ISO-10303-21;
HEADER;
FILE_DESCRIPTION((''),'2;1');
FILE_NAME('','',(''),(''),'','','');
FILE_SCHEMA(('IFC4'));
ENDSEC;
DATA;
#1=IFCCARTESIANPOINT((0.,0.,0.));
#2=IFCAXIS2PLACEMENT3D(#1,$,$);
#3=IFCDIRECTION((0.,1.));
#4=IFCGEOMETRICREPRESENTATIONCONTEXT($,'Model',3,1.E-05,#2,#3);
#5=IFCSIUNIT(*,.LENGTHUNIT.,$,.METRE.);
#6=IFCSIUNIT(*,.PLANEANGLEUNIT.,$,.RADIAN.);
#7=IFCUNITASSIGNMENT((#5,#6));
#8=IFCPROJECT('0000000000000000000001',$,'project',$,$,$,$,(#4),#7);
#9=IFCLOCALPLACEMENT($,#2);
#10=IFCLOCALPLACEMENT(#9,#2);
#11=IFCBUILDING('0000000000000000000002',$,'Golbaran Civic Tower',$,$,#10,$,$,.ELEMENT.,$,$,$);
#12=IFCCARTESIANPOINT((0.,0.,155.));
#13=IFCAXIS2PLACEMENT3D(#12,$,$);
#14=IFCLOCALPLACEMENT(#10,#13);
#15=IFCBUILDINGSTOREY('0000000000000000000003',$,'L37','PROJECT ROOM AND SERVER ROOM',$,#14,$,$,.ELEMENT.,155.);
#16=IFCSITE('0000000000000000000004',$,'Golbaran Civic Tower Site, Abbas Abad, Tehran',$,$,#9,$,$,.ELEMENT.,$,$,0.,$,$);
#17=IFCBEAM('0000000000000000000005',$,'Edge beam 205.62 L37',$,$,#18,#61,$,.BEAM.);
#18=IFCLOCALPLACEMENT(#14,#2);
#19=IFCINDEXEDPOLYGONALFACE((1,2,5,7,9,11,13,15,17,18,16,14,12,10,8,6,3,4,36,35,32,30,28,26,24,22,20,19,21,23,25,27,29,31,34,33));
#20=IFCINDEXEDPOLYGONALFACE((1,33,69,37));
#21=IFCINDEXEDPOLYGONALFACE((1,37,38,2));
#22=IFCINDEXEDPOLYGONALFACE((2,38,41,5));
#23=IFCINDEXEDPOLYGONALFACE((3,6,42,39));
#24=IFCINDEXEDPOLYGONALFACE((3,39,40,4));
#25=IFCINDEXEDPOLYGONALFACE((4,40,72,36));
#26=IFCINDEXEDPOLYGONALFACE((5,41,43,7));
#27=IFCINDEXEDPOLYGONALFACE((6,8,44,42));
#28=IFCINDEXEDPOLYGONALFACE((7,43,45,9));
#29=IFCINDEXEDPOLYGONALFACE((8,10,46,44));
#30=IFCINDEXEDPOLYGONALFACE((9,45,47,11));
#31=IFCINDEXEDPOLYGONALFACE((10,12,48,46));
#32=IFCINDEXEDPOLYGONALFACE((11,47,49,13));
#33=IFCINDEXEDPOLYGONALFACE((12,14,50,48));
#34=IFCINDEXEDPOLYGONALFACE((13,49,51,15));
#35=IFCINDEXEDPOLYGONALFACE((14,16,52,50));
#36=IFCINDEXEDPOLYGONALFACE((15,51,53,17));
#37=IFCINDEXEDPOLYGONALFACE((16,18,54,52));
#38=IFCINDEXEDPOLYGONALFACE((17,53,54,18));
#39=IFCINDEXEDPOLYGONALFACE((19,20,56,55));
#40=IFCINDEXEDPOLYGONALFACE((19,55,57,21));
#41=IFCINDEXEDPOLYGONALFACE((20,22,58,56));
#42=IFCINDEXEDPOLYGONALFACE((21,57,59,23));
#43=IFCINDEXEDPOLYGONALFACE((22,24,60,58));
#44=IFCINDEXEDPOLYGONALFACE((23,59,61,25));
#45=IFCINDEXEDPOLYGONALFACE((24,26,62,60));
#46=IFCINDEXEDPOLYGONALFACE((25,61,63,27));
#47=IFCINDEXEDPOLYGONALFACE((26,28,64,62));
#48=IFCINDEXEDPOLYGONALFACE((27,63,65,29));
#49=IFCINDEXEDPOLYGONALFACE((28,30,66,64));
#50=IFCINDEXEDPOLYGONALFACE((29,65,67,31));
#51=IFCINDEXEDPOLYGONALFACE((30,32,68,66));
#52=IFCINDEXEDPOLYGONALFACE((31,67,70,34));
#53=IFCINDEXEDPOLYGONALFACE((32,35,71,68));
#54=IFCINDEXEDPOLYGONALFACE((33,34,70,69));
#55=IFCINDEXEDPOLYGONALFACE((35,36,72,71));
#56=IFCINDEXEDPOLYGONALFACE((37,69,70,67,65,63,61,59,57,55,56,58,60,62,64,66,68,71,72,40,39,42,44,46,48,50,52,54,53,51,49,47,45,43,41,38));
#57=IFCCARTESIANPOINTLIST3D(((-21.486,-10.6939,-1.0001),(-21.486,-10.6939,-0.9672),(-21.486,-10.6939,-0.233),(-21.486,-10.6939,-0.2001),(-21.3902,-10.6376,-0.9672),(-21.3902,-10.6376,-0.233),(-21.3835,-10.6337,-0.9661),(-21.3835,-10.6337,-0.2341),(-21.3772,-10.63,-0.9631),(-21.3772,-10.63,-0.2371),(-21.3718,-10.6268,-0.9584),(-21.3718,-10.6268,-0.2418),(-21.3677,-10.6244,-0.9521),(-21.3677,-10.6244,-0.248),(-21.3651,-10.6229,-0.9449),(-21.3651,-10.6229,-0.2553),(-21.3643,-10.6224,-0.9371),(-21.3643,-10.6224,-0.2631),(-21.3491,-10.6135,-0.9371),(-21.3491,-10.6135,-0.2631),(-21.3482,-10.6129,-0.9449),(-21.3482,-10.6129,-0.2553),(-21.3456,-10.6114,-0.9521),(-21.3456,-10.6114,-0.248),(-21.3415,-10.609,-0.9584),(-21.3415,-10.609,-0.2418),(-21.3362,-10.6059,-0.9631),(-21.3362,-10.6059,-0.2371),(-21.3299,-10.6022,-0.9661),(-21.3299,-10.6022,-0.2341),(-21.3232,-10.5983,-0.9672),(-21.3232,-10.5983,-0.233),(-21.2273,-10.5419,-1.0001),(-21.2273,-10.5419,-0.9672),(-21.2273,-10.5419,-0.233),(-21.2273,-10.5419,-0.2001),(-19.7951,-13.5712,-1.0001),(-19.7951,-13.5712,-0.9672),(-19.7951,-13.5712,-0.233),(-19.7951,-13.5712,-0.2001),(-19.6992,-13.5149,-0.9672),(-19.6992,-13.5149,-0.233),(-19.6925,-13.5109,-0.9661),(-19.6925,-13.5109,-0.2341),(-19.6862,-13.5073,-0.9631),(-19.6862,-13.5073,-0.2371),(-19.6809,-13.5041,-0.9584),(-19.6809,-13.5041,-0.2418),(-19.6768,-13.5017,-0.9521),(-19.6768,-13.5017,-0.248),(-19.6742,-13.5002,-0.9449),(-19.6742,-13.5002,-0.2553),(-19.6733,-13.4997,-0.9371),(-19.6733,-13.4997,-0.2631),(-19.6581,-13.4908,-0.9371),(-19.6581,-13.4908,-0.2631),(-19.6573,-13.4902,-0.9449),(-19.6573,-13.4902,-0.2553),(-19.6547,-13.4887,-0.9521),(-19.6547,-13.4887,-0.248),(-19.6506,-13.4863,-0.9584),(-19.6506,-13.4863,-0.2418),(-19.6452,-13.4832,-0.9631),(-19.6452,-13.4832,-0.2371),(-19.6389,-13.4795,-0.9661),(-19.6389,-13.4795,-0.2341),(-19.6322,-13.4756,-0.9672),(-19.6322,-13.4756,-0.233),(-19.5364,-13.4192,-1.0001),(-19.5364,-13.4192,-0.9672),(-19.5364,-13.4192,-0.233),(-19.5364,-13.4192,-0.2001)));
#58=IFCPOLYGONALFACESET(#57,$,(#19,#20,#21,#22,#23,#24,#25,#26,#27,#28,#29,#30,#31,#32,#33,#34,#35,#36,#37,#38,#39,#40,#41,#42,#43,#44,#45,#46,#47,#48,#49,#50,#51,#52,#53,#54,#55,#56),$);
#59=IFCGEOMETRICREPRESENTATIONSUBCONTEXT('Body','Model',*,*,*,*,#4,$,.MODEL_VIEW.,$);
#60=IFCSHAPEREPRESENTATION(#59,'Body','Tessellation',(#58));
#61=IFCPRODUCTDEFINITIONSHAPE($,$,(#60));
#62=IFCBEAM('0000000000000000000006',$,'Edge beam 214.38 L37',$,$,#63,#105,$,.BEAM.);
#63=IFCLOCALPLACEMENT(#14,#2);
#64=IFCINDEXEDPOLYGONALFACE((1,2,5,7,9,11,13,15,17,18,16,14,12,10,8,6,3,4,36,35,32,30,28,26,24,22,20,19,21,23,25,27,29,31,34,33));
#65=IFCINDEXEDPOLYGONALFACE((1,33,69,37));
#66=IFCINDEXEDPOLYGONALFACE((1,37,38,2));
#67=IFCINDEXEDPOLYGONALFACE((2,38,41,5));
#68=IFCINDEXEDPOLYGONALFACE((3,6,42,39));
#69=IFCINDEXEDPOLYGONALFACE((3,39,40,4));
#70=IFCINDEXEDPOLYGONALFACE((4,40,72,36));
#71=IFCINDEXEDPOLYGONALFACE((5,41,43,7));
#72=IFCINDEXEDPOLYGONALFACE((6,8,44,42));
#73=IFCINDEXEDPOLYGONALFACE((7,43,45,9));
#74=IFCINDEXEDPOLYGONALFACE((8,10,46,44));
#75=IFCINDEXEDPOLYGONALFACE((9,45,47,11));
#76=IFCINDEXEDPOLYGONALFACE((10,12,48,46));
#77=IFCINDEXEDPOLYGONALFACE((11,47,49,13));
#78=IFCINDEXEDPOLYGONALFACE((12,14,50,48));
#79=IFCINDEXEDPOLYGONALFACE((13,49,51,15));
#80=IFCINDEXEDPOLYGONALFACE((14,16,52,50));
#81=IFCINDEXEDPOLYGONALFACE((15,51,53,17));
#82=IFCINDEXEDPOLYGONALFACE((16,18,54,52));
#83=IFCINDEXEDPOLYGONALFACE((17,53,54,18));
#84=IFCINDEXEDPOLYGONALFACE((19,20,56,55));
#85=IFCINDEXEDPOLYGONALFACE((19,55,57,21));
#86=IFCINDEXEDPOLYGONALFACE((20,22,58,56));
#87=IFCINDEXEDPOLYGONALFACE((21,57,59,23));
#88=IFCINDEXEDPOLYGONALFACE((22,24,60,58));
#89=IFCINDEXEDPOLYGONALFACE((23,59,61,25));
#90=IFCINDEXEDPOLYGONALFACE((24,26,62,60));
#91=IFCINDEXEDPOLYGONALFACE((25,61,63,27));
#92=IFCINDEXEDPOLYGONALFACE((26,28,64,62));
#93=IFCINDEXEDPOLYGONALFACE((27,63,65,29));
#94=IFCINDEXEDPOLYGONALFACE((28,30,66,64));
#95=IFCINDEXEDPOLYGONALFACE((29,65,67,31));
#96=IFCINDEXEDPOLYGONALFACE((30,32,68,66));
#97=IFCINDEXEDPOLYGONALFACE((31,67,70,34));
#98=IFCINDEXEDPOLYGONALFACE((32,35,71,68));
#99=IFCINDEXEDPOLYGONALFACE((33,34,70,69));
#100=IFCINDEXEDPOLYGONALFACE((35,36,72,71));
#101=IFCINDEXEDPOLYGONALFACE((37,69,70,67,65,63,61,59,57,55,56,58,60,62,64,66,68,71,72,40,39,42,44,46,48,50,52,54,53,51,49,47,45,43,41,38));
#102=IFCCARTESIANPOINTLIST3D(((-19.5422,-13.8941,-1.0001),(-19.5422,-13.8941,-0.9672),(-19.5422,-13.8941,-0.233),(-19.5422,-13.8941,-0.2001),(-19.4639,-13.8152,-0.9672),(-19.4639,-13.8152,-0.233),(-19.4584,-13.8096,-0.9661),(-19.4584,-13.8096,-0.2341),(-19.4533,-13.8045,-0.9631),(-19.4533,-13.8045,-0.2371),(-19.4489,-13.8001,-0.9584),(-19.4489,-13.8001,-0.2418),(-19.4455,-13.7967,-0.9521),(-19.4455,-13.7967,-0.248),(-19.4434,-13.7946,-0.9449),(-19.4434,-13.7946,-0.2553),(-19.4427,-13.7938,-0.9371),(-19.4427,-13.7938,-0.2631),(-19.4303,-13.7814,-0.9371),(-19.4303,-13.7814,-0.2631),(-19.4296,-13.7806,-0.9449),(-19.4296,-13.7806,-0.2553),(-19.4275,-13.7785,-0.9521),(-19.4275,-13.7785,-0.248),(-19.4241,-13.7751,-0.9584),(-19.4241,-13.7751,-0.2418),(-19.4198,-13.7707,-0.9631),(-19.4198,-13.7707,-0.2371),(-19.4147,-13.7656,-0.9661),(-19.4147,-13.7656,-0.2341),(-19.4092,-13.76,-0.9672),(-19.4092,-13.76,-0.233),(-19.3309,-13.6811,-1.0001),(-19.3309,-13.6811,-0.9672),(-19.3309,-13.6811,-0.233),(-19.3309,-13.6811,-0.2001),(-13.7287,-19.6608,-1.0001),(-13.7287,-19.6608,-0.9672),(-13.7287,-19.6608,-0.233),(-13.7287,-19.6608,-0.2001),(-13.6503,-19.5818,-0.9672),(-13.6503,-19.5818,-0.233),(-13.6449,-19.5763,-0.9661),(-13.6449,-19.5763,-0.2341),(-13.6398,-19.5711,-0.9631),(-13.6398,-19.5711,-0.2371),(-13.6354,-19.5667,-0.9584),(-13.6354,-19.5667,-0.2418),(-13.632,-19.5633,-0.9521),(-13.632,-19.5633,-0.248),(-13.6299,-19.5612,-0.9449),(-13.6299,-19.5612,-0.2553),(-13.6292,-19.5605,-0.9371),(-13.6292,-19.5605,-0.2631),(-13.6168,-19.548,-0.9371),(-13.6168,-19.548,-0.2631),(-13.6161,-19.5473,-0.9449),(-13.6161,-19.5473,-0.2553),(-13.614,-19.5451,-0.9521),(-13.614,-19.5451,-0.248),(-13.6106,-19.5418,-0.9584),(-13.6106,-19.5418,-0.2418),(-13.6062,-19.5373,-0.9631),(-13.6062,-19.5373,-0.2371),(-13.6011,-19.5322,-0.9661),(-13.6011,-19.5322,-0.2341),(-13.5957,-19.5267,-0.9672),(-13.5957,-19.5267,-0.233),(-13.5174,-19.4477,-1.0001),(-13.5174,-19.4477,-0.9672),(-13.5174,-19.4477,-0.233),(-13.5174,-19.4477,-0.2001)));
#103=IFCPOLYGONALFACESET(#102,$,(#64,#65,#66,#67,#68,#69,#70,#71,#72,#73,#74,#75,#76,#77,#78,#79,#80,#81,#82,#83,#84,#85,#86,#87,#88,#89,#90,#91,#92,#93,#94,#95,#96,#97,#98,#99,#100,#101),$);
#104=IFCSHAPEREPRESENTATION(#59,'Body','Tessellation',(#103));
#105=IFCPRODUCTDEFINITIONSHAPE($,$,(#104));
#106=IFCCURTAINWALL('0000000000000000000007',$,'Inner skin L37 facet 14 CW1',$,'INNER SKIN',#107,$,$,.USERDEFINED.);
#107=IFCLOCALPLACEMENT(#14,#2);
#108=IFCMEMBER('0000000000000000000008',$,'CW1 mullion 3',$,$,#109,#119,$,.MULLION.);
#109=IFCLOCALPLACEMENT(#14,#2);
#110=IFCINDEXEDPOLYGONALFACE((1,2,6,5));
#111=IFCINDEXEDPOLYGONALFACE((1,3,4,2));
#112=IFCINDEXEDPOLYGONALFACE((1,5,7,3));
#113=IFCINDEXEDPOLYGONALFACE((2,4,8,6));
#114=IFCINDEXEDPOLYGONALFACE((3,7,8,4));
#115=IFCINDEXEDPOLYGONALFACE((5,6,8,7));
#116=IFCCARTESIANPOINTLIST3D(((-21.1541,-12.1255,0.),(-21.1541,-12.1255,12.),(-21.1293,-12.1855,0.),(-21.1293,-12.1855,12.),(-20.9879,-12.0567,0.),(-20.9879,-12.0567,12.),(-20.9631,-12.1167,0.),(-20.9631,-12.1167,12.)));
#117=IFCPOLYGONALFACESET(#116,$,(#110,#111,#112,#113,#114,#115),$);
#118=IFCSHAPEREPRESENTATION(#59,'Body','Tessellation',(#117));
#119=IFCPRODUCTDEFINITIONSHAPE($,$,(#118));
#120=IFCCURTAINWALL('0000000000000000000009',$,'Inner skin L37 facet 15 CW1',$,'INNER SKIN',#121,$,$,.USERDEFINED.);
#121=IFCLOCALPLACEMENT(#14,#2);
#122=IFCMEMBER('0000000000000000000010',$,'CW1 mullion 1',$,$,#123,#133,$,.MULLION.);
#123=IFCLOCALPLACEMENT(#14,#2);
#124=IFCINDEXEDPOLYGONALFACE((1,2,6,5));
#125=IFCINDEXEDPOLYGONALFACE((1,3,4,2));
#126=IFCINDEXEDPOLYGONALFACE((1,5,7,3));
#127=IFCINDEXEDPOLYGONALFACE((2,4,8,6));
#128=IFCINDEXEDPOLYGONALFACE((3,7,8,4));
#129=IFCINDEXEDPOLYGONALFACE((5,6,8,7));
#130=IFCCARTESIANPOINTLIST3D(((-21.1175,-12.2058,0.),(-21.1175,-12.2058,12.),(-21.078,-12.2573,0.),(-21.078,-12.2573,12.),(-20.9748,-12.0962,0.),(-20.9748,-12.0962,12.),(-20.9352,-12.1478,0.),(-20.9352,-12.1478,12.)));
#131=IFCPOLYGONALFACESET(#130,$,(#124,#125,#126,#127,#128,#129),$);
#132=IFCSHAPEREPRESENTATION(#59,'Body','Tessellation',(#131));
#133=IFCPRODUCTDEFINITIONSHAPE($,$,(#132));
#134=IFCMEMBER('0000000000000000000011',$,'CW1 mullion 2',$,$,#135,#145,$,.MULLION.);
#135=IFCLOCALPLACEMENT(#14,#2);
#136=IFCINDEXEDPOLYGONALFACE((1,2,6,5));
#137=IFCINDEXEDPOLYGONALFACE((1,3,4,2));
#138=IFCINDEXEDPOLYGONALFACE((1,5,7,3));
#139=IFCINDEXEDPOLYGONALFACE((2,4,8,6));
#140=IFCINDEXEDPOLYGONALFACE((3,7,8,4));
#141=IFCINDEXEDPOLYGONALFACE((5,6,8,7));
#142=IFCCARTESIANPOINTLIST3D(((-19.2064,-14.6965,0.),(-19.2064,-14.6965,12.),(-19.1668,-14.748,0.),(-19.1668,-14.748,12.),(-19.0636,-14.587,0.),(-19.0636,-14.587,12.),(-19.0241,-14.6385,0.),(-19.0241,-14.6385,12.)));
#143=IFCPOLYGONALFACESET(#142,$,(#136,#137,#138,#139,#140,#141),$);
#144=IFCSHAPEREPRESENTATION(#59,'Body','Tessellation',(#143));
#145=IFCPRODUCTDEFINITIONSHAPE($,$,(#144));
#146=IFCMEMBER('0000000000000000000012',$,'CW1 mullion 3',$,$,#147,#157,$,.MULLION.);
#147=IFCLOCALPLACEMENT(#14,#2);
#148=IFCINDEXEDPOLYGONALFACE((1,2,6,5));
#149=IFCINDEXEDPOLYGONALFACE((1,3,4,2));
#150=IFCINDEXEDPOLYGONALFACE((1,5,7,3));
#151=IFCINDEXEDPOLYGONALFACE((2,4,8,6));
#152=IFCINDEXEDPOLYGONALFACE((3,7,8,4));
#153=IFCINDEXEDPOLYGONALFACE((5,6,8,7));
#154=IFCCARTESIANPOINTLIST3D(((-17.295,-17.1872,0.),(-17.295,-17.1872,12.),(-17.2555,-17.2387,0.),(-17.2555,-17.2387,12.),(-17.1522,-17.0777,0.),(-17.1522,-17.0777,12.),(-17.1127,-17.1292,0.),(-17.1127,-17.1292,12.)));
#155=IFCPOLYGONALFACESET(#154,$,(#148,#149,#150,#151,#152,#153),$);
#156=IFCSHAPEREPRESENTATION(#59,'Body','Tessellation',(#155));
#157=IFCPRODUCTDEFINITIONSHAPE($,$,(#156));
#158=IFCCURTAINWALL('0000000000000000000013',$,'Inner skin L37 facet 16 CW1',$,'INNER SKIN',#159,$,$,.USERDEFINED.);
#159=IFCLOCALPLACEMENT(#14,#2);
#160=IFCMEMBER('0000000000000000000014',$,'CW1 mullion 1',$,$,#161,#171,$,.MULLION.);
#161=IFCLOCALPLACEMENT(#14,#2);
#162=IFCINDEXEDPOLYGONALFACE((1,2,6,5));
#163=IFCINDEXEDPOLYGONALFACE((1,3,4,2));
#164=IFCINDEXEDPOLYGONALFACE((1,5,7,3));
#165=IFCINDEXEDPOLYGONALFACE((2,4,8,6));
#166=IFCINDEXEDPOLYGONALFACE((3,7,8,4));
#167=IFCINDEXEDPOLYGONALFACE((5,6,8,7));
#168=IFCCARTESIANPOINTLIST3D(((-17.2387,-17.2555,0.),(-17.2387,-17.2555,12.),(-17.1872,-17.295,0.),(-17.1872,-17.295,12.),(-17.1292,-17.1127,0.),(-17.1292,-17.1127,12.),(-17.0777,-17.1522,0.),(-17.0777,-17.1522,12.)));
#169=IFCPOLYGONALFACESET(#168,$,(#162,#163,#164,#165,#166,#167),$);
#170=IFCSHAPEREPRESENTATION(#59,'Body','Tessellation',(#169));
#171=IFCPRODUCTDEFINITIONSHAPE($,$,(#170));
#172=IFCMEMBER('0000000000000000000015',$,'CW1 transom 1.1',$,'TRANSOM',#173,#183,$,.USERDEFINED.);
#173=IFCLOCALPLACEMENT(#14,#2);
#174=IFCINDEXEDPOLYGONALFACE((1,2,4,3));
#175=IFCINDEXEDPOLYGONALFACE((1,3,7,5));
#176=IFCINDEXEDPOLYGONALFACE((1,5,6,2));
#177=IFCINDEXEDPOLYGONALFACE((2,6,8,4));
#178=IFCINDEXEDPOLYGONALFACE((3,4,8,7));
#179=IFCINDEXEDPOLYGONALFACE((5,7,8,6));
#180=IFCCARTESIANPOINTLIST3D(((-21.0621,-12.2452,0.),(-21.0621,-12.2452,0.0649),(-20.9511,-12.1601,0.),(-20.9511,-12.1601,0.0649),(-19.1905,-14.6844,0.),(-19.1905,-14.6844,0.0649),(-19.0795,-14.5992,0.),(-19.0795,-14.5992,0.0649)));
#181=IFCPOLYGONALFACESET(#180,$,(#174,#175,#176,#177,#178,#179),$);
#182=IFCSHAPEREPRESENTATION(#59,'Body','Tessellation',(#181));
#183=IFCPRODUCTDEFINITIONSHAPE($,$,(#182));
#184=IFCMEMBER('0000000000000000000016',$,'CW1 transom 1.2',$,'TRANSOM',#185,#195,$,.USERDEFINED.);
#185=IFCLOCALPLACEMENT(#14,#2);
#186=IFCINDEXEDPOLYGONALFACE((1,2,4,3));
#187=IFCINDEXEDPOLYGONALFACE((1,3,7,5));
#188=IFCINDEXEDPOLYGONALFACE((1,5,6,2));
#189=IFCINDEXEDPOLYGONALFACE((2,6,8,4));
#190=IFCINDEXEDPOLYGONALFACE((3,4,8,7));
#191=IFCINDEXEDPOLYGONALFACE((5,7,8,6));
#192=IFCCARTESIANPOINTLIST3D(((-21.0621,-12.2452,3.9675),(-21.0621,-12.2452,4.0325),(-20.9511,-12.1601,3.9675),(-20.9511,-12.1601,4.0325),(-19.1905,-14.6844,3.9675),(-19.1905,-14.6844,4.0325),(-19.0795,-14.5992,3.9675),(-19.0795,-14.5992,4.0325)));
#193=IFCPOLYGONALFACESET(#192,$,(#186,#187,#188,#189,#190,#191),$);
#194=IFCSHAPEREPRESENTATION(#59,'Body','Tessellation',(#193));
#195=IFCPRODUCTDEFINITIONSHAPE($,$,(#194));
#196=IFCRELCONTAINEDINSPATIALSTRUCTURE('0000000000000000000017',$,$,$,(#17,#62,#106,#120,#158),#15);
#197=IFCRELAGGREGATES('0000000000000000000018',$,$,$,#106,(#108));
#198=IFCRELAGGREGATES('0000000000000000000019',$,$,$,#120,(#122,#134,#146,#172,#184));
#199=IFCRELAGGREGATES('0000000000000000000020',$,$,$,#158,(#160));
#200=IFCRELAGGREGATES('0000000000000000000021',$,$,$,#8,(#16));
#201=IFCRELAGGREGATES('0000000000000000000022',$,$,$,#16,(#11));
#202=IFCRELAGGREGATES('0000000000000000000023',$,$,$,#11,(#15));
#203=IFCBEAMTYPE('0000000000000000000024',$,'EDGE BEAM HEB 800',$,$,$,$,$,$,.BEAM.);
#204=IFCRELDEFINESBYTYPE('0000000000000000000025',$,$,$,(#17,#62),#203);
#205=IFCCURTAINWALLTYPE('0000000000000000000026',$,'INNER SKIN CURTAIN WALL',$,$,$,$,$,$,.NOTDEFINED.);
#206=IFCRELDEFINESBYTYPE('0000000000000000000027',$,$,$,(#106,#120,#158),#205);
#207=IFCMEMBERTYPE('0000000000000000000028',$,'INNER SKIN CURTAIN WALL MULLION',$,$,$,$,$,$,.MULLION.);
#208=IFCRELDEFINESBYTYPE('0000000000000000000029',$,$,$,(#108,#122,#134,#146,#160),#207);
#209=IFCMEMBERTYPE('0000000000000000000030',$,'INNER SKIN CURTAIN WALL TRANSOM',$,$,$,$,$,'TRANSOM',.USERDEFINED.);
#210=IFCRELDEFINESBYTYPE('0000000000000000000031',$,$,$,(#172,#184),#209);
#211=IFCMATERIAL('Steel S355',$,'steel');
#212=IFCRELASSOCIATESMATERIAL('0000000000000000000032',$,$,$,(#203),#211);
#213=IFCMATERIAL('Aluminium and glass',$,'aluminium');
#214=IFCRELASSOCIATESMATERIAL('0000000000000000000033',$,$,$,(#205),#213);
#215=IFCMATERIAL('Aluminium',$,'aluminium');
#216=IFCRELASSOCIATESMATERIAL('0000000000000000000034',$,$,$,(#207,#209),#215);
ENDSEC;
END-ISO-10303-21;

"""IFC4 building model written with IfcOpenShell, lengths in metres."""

from ifc_helpers import new_model, si_unit, direction, frame, origin, origin_2d, place, context, subcontext, project, spatial, rectangle, i_section, extrude, material, material_profile, profile_set, type_object, element, aggregate, save


model = new_model("IFC4")

# Units and contexts
model_context = context("Model", 3, precision=1e-05, world=origin(), true_north=direction((0.0, 1.0)))
body_context = subcontext(model_context, "Body", "Model", "MODEL_VIEW")
ifc_project = project(units=[si_unit("LENGTHUNIT", "METRE"), si_unit("PLANEANGLEUNIT", "RADIAN")], contexts=[model_context])

# Site, building, storey
site_placement = place(None, origin())
site = spatial("IfcSite", under=ifc_project, at=site_placement, Name="Golbaran Civic Tower Site, Abbas Abad, Tehran", CompositionType="ELEMENT", RefElevation=0.0)
building_placement = place(site_placement, origin())
building = spatial("IfcBuilding", under=site, at=building_placement, Name="Golbaran Civic Tower", CompositionType="ELEMENT")
storey_placement = place(building_placement, frame((0.0, 0.0, 155.0)))
storey = spatial("IfcBuildingStorey", under=building, at=storey_placement, Name="L37", Description="PROJECT ROOM AND SERVER ROOM", CompositionType="ELEMENT", Elevation=155.0)

# Beams
ifc_material_1 = material(Name="Steel S355", Category="steel")
ifc_material_profile_1 = material_profile(ifc_material_1, i_section(OverallWidth=0.3, OverallDepth=0.8, WebThickness=0.0176, FlangeThickness=0.033, FilletRadius=0.03, at=origin_2d()), Name="HEB 800")
ifc_profile_set_1 = profile_set([ifc_material_profile_1], Name="Steel S355")
beam_type = type_object("IfcBeamType", Name="EDGE BEAM HEB 800", PredefinedType="BEAM", material=ifc_profile_set_1)
beam_1_placement = place(storey_placement, frame((-21.3567, -10.6179, -0.6001), z_axis=(0.506675, -0.862137, 0.0), x_axis=(0.862137, 0.506675, 0.0)))
element("IfcBeam", 1, at=beam_1_placement, inside=storey, type_object=beam_type, Name="Edge beam 205.62 L37", PredefinedType="BEAM", context=body_context, shape_type="SweptSolid", body=[
    extrude(i_section(OverallWidth=0.3, OverallDepth=0.8, WebThickness=0.0176, FlangeThickness=0.033, FilletRadius=0.03, at=origin_2d()), origin(), (0.0, 0.0, 1.0), 3.3374),
])
beam_2_placement = place(storey_placement, frame((-19.4365, -13.7876, -0.6001), z_axis=(0.709963, -0.704239, 0.0), x_axis=(0.704239, 0.709963, 0.0)))
element("IfcBeam", 2, at=beam_2_placement, inside=storey, type_object=beam_type, Name="Edge beam 214.38 L37", PredefinedType="BEAM", context=body_context, shape_type="SweptSolid", body=[
    extrude(i_section(OverallWidth=0.3, OverallDepth=0.8, WebThickness=0.0176, FlangeThickness=0.033, FilletRadius=0.03, at=origin_2d()), origin(), (0.0, 0.0, 1.0), 8.1885),
])

# Curtain wall, member
ifc_material_2 = material(Name="Aluminium and glass", Category="aluminium")
curtain_wall_type = type_object("IfcCurtainWallType", Name="INNER SKIN CURTAIN WALL", PredefinedType="NOTDEFINED", material=ifc_material_2)
curtain_wall_1_placement = place(storey_placement, origin())
curtain_wall_1 = element("IfcCurtainWall", 3, at=curtain_wall_1_placement, inside=storey, type_object=curtain_wall_type, Name="Inner skin L37 facet 14 CW1", ObjectType="INNER SKIN", PredefinedType="USERDEFINED")
ifc_material_3 = material(Name="Aluminium", Category="aluminium")
ifc_material_profile_2 = material_profile(ifc_material_3, rectangle(XDim=0.1799, YDim=0.0649, at=origin_2d()), Name="INNER SKIN CURTAIN WALL MULLION")
ifc_profile_set_2 = profile_set([ifc_material_profile_2], Name="Aluminium")
member_type_1 = type_object("IfcMemberType", Name="INNER SKIN CURTAIN WALL MULLION", PredefinedType="MULLION", material=ifc_profile_set_2)
member_1_placement = place(storey_placement, frame((-21.0586, -12.1211, 0.0), z_axis=(0.0, 0.0, 1.0), x_axis=(0.92388, 0.382683, 0.0)))
member_1 = element("IfcMember", 4, at=member_1_placement, type_object=member_type_1, Name="CW1 mullion 3", PredefinedType="MULLION", context=body_context, shape_type="SweptSolid", body=[
    extrude(rectangle(XDim=0.1799, YDim=0.0649, at=origin_2d()), origin(), (0.0, 0.0, 1.0), 12.0),
])

# Curtain wall, members
curtain_wall_2_placement = place(storey_placement, origin())
curtain_wall_2 = element("IfcCurtainWall", 5, at=curtain_wall_2_placement, inside=storey, type_object=curtain_wall_type, Name="Inner skin L37 facet 15 CW1", ObjectType="INNER SKIN", PredefinedType="USERDEFINED")
member_2_placement = place(storey_placement, frame((-21.0264, -12.1768, 0.0), z_axis=(0.0, 0.0, 1.0), x_axis=(0.793353, 0.608761, 0.0)))
member_2 = element("IfcMember", 6, at=member_2_placement, type_object=member_type_1, Name="CW1 mullion 1", PredefinedType="MULLION", context=body_context, shape_type="SweptSolid", body=[
    extrude(rectangle(XDim=0.1799, YDim=0.0649, at=origin_2d()), origin(), (0.0, 0.0, 1.0), 12.0),
])
member_3_placement = place(storey_placement, frame((-19.1152, -14.6675, 0.0), z_axis=(0.0, 0.0, 1.0), x_axis=(0.793353, 0.608761, 0.0)))
member_3 = element("IfcMember", 7, at=member_3_placement, type_object=member_type_1, Name="CW1 mullion 2", PredefinedType="MULLION", context=body_context, shape_type="SweptSolid", body=[
    extrude(rectangle(XDim=0.1799, YDim=0.0649, at=origin_2d()), origin(), (0.0, 0.0, 1.0), 12.0),
])
member_4_placement = place(storey_placement, frame((-17.2039, -17.1582, 0.0), z_axis=(0.0, 0.0, 1.0), x_axis=(0.793353, 0.608761, 0.0)))
member_4 = element("IfcMember", 8, at=member_4_placement, type_object=member_type_1, Name="CW1 mullion 3", PredefinedType="MULLION", context=body_context, shape_type="SweptSolid", body=[
    extrude(rectangle(XDim=0.1799, YDim=0.0649, at=origin_2d()), origin(), (0.0, 0.0, 1.0), 12.0),
])

# Curtain wall, member
curtain_wall_3_placement = place(storey_placement, origin())
curtain_wall_3 = element("IfcCurtainWall", 9, at=curtain_wall_3_placement, inside=storey, type_object=curtain_wall_type, Name="Inner skin L37 facet 16 CW1", ObjectType="INNER SKIN", PredefinedType="USERDEFINED")
member_5_placement = place(storey_placement, frame((-17.1582, -17.2039, 0.0), z_axis=(0.0, 0.0, 1.0), x_axis=(0.608761, 0.793353, 0.0)))
member_5 = element("IfcMember", 10, at=member_5_placement, type_object=member_type_1, Name="CW1 mullion 1", PredefinedType="MULLION", context=body_context, shape_type="SweptSolid", body=[
    extrude(rectangle(XDim=0.1799, YDim=0.0649, at=origin_2d()), origin(), (0.0, 0.0, 1.0), 12.0),
])

# Members
ifc_material_profile_3 = material_profile(ifc_material_3, rectangle(XDim=0.1399, YDim=0.0649, at=origin_2d()), Name="INNER SKIN CURTAIN WALL TRANSOM")
ifc_profile_set_3 = profile_set([ifc_material_profile_3], Name="Aluminium")
member_type_2 = type_object("IfcMemberType", Name="INNER SKIN CURTAIN WALL TRANSOM", ElementType="TRANSOM", PredefinedType="USERDEFINED", material=ifc_profile_set_3)
member_6_placement = place(storey_placement, frame((-21.0066, -12.2026, 0.0325), z_axis=(0.608743, -0.793367, 0.0), x_axis=(0.793367, 0.608743, 0.0)))
member_6 = element("IfcMember", 11, at=member_6_placement, type_object=member_type_2, Name="CW1 transom 1.1", ObjectType="TRANSOM", PredefinedType="USERDEFINED", context=body_context, shape_type="SweptSolid", body=[
    extrude(rectangle(XDim=0.1399, YDim=0.0649, at=origin_2d()), origin(), (0.0, 0.0, 1.0), 3.0745),
])
member_7_placement = place(storey_placement, frame((-21.0066, -12.2026, 4.0), z_axis=(0.608743, -0.793367, 0.0), x_axis=(0.793367, 0.608743, 0.0)))
member_7 = element("IfcMember", 12, at=member_7_placement, type_object=member_type_2, Name="CW1 transom 1.2", ObjectType="TRANSOM", PredefinedType="USERDEFINED", context=body_context, shape_type="SweptSolid", body=[
    extrude(rectangle(XDim=0.1399, YDim=0.0649, at=origin_2d()), origin(), (0.0, 0.0, 1.0), 3.0745),
])

aggregate(curtain_wall_1, [member_1])
aggregate(curtain_wall_2, [member_2, member_3, member_4, member_6, member_7])
aggregate(curtain_wall_3, [member_5])

save(model, "model.ifc")
